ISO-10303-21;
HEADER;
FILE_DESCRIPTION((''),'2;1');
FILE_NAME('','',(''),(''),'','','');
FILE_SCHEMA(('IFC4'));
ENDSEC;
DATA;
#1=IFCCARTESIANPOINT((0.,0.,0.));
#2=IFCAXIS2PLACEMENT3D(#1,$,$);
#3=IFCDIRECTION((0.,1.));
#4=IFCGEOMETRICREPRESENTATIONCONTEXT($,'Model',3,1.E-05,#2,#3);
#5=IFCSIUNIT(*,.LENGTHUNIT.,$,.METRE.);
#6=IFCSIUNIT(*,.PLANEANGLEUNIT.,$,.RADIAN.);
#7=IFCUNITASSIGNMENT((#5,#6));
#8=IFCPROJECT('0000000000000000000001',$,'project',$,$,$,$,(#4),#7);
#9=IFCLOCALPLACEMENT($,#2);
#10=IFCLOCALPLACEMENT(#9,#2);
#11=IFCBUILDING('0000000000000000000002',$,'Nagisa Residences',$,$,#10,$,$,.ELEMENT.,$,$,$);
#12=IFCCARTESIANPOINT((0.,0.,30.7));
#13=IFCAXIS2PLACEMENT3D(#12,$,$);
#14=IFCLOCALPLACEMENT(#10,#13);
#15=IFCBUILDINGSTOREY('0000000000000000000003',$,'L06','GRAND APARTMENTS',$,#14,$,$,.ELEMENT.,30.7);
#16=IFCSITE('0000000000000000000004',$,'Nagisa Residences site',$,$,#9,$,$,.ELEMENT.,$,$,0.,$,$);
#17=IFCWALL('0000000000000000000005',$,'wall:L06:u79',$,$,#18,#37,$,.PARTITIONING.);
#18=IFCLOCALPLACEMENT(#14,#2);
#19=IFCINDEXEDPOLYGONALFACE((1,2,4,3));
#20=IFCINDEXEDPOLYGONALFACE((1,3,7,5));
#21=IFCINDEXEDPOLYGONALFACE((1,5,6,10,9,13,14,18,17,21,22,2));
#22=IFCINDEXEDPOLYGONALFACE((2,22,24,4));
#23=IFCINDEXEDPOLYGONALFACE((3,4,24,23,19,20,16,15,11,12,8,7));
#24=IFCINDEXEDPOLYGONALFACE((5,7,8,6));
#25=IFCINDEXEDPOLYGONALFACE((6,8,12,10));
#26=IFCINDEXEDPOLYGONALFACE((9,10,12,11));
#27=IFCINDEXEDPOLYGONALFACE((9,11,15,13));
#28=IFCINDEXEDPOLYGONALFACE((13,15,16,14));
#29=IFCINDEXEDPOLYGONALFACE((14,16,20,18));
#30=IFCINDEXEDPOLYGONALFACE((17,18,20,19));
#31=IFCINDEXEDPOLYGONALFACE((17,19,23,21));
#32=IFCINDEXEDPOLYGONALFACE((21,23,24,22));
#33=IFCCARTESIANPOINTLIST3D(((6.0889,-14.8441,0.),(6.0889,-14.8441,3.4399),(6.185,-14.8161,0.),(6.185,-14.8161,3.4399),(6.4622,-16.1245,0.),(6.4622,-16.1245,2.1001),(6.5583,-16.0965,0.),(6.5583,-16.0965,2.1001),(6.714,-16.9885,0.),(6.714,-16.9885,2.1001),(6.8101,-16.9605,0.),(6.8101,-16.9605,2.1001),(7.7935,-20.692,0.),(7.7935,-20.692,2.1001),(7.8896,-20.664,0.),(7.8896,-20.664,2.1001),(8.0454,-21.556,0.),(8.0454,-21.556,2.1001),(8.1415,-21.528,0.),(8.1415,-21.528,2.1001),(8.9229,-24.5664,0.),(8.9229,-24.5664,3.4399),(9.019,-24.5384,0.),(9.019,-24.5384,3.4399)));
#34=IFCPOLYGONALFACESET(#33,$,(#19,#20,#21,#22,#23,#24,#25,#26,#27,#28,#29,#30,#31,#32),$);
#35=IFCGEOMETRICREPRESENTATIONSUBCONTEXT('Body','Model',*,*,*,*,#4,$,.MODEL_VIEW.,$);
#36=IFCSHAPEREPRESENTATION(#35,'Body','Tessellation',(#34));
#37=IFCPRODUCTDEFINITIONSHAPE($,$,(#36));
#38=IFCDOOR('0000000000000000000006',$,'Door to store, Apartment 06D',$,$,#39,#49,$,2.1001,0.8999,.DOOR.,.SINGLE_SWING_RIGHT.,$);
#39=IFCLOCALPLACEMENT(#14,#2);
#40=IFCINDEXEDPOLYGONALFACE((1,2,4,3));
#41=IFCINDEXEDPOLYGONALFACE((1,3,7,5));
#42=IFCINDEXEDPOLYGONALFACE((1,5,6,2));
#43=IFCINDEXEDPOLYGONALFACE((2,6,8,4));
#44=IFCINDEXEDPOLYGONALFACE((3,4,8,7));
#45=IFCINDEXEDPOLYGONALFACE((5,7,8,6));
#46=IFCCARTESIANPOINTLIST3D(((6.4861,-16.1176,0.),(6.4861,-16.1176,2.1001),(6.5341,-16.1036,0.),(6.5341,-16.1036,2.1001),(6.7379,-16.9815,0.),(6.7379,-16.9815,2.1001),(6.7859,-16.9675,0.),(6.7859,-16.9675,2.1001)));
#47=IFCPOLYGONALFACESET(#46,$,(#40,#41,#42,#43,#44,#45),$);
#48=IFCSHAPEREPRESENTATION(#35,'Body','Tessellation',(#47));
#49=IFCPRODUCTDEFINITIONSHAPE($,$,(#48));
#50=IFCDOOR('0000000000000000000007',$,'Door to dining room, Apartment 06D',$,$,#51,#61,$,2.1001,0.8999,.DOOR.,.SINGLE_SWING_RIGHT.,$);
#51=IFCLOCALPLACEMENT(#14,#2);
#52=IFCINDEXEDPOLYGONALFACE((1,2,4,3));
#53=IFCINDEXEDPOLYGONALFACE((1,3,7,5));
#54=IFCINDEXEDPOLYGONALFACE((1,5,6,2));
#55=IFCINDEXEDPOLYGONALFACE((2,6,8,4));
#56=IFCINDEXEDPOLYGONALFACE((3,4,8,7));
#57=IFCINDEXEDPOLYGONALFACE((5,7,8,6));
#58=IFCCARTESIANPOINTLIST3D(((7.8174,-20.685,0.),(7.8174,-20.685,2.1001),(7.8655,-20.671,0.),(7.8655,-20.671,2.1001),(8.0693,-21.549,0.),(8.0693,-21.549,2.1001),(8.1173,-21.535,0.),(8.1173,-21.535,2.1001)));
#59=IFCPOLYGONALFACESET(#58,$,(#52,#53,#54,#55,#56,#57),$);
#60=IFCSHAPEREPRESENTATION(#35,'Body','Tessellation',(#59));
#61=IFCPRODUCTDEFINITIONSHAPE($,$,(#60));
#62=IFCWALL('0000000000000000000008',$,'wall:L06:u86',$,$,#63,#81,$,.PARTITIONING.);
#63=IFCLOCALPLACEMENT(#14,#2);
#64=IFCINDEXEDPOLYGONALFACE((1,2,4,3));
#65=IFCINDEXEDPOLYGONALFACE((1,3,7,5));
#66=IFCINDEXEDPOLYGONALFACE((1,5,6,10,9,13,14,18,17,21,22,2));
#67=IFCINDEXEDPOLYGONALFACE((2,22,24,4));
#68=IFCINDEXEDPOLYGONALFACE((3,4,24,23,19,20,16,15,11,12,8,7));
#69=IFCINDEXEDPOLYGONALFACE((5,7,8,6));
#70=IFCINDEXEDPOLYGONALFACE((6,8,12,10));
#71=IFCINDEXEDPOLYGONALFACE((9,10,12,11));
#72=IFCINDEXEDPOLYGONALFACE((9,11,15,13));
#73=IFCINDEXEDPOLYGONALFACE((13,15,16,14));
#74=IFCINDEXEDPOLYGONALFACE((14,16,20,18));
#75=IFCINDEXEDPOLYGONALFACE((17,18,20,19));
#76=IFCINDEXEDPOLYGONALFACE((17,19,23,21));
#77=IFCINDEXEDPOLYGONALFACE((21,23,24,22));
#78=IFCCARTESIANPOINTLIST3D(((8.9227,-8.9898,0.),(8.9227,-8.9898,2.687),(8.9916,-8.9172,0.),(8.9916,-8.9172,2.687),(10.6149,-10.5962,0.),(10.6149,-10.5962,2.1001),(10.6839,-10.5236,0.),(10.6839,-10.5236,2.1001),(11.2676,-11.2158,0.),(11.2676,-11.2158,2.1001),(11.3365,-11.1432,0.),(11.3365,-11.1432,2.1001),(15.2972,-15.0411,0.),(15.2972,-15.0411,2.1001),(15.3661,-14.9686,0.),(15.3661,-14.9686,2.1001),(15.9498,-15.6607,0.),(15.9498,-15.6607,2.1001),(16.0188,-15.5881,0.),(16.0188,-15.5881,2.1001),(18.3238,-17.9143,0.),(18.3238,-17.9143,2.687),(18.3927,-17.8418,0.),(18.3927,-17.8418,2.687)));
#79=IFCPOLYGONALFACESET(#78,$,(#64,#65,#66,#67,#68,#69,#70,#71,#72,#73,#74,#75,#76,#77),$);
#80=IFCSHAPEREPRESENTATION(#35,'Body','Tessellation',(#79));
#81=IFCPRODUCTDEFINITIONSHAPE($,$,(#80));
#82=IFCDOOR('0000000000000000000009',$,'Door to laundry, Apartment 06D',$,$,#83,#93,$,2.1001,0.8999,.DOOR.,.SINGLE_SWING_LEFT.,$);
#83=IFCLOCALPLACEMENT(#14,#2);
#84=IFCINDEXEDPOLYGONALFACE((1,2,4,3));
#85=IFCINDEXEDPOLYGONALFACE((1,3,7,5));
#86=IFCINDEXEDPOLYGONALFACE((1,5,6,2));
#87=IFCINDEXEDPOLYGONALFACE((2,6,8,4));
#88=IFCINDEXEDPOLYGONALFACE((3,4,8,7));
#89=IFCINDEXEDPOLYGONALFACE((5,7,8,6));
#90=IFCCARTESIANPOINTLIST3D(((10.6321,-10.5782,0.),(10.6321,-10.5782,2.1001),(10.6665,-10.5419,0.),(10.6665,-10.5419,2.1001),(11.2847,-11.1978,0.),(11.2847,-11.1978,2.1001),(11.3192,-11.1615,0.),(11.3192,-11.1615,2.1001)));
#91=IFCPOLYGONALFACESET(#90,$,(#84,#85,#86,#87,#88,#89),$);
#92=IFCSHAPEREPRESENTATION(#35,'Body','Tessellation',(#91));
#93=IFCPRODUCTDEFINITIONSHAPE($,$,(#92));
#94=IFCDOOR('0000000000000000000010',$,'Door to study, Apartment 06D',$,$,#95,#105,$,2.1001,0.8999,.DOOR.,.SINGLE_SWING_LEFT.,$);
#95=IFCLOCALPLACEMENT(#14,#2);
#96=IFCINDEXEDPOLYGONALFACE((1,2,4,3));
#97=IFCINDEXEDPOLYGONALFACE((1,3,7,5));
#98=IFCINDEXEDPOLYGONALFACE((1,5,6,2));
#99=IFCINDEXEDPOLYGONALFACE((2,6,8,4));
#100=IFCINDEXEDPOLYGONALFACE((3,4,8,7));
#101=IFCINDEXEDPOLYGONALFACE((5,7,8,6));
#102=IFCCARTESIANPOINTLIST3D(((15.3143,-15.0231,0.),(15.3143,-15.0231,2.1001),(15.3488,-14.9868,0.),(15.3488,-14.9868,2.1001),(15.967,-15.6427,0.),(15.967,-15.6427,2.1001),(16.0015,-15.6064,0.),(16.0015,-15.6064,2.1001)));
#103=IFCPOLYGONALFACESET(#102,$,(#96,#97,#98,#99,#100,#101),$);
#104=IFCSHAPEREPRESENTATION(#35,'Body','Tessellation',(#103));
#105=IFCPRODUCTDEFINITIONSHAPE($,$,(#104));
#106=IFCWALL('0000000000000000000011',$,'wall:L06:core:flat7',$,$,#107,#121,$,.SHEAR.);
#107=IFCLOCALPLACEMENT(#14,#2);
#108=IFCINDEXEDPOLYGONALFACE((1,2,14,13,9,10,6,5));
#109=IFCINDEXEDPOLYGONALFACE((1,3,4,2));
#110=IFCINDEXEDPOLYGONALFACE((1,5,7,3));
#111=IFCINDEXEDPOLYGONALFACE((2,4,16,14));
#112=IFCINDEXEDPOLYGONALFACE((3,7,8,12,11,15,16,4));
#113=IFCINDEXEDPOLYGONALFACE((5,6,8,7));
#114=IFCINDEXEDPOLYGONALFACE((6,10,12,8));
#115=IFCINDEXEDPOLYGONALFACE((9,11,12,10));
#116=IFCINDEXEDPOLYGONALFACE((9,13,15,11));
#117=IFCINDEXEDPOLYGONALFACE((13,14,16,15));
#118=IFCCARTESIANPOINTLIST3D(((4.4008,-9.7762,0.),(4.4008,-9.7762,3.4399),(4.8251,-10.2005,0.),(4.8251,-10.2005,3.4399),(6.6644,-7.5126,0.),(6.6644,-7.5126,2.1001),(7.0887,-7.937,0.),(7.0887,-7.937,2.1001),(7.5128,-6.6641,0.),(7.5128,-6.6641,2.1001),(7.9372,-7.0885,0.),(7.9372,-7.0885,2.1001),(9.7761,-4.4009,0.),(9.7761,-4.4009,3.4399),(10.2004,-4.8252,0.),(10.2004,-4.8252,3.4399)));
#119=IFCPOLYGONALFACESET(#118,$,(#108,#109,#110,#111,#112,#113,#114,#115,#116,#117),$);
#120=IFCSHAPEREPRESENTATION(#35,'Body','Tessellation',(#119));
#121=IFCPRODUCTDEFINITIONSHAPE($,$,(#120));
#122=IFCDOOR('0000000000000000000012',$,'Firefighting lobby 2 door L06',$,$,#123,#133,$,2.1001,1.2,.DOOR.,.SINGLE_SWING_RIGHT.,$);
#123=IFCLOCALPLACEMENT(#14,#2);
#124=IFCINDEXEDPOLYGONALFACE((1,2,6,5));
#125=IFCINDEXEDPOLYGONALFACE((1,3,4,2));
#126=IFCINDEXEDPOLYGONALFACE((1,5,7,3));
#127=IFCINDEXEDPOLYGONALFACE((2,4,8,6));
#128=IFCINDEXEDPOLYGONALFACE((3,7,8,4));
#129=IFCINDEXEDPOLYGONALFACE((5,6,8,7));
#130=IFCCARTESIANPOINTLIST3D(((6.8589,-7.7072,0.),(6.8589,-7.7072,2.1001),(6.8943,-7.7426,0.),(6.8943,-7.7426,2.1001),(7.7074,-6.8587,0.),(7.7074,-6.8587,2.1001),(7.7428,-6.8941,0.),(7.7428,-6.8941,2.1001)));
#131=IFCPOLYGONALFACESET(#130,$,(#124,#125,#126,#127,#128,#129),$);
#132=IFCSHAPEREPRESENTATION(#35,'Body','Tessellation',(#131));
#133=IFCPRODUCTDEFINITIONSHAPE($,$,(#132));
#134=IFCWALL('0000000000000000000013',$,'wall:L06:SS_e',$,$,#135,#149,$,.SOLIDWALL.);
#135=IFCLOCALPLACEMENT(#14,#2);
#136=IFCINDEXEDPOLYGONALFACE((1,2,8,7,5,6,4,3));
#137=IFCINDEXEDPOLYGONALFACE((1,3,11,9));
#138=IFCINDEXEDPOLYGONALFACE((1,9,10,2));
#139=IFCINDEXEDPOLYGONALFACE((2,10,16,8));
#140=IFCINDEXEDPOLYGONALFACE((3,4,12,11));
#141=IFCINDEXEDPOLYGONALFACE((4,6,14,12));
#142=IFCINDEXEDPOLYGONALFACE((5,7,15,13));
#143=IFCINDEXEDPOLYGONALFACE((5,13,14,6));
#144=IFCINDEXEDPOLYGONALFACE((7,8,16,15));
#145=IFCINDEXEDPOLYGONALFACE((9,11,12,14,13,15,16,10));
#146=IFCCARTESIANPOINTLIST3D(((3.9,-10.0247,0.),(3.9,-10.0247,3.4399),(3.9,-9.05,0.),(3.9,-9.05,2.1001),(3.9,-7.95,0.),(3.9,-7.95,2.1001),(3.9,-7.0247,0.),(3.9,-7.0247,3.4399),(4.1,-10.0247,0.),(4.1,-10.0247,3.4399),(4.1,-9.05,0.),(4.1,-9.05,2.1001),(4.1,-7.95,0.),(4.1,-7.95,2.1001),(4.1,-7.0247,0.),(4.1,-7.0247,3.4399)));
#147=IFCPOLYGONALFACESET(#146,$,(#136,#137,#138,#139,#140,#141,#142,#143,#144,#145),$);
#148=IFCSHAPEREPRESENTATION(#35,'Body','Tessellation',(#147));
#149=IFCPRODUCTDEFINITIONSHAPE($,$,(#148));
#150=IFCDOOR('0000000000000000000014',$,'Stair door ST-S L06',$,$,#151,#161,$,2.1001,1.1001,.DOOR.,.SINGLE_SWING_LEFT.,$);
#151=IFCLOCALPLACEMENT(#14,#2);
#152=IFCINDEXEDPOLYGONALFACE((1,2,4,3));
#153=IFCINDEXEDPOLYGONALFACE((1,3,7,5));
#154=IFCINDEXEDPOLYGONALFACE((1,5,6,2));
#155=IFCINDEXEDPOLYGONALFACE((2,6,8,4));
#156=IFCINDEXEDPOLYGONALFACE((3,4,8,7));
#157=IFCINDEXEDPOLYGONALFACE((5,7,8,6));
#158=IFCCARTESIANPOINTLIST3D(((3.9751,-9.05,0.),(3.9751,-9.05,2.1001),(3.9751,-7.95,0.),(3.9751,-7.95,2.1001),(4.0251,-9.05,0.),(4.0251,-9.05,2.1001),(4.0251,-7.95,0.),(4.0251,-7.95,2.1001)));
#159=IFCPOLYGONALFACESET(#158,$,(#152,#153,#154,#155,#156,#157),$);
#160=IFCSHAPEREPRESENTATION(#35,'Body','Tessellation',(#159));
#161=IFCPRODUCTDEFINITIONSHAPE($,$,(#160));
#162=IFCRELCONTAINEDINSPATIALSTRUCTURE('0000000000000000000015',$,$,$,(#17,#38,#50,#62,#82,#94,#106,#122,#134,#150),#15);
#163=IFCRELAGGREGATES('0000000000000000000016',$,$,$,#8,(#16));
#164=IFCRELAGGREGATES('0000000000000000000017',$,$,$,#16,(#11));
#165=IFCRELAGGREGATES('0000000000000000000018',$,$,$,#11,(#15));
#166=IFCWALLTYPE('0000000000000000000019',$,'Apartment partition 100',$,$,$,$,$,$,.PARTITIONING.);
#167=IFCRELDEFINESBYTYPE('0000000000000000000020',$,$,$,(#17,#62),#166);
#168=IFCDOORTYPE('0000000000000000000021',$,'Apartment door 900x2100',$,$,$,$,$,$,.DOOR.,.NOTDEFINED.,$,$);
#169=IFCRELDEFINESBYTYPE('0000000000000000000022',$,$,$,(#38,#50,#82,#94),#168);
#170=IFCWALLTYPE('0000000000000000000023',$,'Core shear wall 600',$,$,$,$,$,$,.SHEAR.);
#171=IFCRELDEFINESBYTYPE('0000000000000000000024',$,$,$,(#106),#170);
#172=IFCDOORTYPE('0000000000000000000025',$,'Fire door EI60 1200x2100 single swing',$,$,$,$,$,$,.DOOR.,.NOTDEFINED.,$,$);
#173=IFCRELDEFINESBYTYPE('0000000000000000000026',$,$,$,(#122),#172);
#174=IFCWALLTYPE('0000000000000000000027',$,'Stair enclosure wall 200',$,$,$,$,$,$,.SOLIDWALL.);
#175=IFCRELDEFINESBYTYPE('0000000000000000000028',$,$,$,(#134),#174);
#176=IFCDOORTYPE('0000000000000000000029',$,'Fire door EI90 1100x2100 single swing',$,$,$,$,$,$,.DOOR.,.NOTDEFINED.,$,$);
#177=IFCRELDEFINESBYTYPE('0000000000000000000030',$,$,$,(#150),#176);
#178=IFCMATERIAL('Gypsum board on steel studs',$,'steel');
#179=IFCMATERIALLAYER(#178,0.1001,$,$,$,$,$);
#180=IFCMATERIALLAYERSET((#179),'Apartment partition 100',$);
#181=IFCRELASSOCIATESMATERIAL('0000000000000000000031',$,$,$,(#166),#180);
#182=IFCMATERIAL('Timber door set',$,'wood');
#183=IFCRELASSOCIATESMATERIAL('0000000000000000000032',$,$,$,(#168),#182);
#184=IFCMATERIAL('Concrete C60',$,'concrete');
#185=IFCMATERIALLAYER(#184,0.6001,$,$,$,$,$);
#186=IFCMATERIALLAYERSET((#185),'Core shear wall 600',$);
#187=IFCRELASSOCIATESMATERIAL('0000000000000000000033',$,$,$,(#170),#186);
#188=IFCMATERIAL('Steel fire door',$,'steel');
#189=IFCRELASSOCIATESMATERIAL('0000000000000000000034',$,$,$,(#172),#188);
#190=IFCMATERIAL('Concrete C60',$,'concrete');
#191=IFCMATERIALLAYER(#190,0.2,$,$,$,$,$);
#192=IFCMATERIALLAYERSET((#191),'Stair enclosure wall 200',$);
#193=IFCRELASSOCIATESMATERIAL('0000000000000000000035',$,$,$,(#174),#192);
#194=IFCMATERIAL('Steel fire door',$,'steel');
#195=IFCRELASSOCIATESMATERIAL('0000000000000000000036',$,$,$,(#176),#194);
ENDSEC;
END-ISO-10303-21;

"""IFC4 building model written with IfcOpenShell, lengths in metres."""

from ifc_helpers import new_model, si_unit, direction, frame, frame_2d, origin, place, context, subcontext, project, spatial, rectangle, extrude, material, layer, layer_set, type_object, element, fill, save


model = new_model("IFC4")

# Units and contexts
model_context = context("Model", 3, precision=1e-05, world=origin(), true_north=direction((0.0, 1.0)))
body_context = subcontext(model_context, "Body", "Model", "MODEL_VIEW")
ifc_project = project(units=[si_unit("LENGTHUNIT", "METRE"), si_unit("PLANEANGLEUNIT", "RADIAN")], contexts=[model_context])

# Site, building, storey
site_placement = place(None, origin())
site = spatial("IfcSite", under=ifc_project, at=site_placement, Name="Nagisa Residences site", CompositionType="ELEMENT", RefElevation=0.0)
building_placement = place(site_placement, origin())
building = spatial("IfcBuilding", under=site, at=building_placement, Name="Nagisa Residences", CompositionType="ELEMENT")
storey_placement = place(building_placement, frame((0.0, 0.0, 30.7)))
storey = spatial("IfcBuildingStorey", under=building, at=storey_placement, Name="L06", Description="GRAND APARTMENTS", CompositionType="ELEMENT", Elevation=30.7)

# Shared definitions
ifc_material_1 = material(Name="Gypsum board on steel studs", Category="steel")
ifc_layer_1 = layer(ifc_material_1, 0.1001)
ifc_layer_set_1 = layer_set([ifc_layer_1], Name="Apartment partition 100")
wall_type_1 = type_object("IfcWallType", Name="Apartment partition 100", PredefinedType="PARTITIONING", material=ifc_layer_set_1)
ifc_material_2 = material(Name="Timber door set", Category="wood")
door_type_1 = type_object("IfcDoorType", Name="Apartment door 900x2100", OperationType="NOTDEFINED", PredefinedType="DOOR", material=ifc_material_2)

# Walls, openings, doors
wall_1_placement = place(storey_placement, frame((6.137, -14.8301, 0.0), z_axis=(0.0, 0.0, 1.0), x_axis=(0.279844, -0.960046, 0.0)))
wall_1 = element("IfcWall", 1, at=wall_1_placement, inside=storey, type_object=wall_type_1, Name="wall:L06:u79", PredefinedType="PARTITIONING", context=body_context, shape_type="SweptSolid", body=[
    extrude(rectangle(XDim=10.127, YDim=0.1001, at=frame_2d((5.0635, 0.0))), origin(), (0.0, 0.0, 1.0), 3.4399),
])
opening_1_placement = place(wall_1_placement, frame((1.3337, 0.0, 0.0)))
opening_1 = element("IfcOpeningElement", 2, at=opening_1_placement, cuts=wall_1, PredefinedType="OPENING", context=body_context, shape_type="SweptSolid", body=[
    extrude(rectangle(XDim=0.8999, YDim=2.1001, at=frame_2d((0.45, 1.05))), frame((0.0, 0.0601, 0.0), z_axis=(0.0, -1.0, 0.0), x_axis=(1.0, 0.0, 0.0)), (0.0, 0.0, 1.0), 0.1201),
])
opening_2_placement = place(wall_1_placement, frame((6.0913, 0.0, 0.0)))
opening_2 = element("IfcOpeningElement", 3, at=opening_2_placement, cuts=wall_1, PredefinedType="OPENING", context=body_context, shape_type="SweptSolid", body=[
    extrude(rectangle(XDim=0.8999, YDim=2.1001, at=frame_2d((0.45, 1.05))), frame((0.0, 0.0601, 0.0), z_axis=(0.0, -1.0, 0.0), x_axis=(1.0, 0.0, 0.0)), (0.0, 0.0, 1.0), 0.1201),
])
door_1_placement = place(opening_1_placement, origin())
door_1 = element("IfcDoor", 4, at=door_1_placement, inside=storey, type_object=door_type_1, Name="Door to store, Apartment 06D", OperationType="SINGLE_SWING_RIGHT", OverallHeight=2.1001, OverallWidth=0.8999, PredefinedType="DOOR", context=body_context, shape_type="SweptSolid", body=[
    extrude(rectangle(XDim=0.8999, YDim=2.1001, at=frame_2d((0.45, 1.05))), frame((0.0, 0.0249, 0.0), z_axis=(0.0, -1.0, 0.0), x_axis=(1.0, 0.0, 0.0)), (0.0, 0.0, 1.0), 0.05),
])
fill(opening_1, door_1)
door_2_placement = place(opening_2_placement, origin())
door_2 = element("IfcDoor", 5, at=door_2_placement, inside=storey, type_object=door_type_1, Name="Door to dining room, Apartment 06D", OperationType="SINGLE_SWING_RIGHT", OverallHeight=2.1001, OverallWidth=0.8999, PredefinedType="DOOR", context=body_context, shape_type="SweptSolid", body=[
    extrude(rectangle(XDim=0.8999, YDim=2.1001, at=frame_2d((0.45, 1.05))), frame((0.0, 0.0249, 0.0), z_axis=(0.0, -1.0, 0.0), x_axis=(1.0, 0.0, 0.0)), (0.0, 0.0, 1.0), 0.05),
])
fill(opening_2, door_2)
wall_2_placement = place(storey_placement, frame((8.957, -8.9534, 0.0), z_axis=(0.0, 0.0, 1.0), x_axis=(0.72525, -0.688486, 0.0)))
wall_2 = element("IfcWall", 6, at=wall_2_placement, inside=storey, type_object=wall_type_1, Name="wall:L06:u86", PredefinedType="PARTITIONING", context=body_context, shape_type="SweptSolid", body=[
    extrude(rectangle(XDim=12.9626, YDim=0.1001, at=frame_2d((6.4814, 0.0))), origin(), (0.0, 0.0, 1.0), 2.687),
])
opening_3_placement = place(wall_2_placement, frame((2.3335, 0.0, 0.0)))
opening_3 = element("IfcOpeningElement", 7, at=opening_3_placement, cuts=wall_2, PredefinedType="OPENING", context=body_context, shape_type="SweptSolid", body=[
    extrude(rectangle(XDim=0.8999, YDim=2.1001, at=frame_2d((0.45, 1.05))), frame((0.0, 0.0601, 0.0), z_axis=(0.0, -1.0, 0.0), x_axis=(1.0, 0.0, 0.0)), (0.0, 0.0, 1.0), 0.1201),
])
opening_4_placement = place(wall_2_placement, frame((8.7896, 0.0, 0.0)))
opening_4 = element("IfcOpeningElement", 8, at=opening_4_placement, cuts=wall_2, PredefinedType="OPENING", context=body_context, shape_type="SweptSolid", body=[
    extrude(rectangle(XDim=0.8999, YDim=2.1001, at=frame_2d((0.45, 1.05))), frame((0.0, 0.0601, 0.0), z_axis=(0.0, -1.0, 0.0), x_axis=(1.0, 0.0, 0.0)), (0.0, 0.0, 1.0), 0.1201),
])
door_3_placement = place(opening_3_placement, origin())
door_3 = element("IfcDoor", 9, at=door_3_placement, inside=storey, type_object=door_type_1, Name="Door to laundry, Apartment 06D", OperationType="SINGLE_SWING_LEFT", OverallHeight=2.1001, OverallWidth=0.8999, PredefinedType="DOOR", context=body_context, shape_type="SweptSolid", body=[
    extrude(rectangle(XDim=0.8999, YDim=2.1001, at=frame_2d((0.45, 1.05))), frame((0.0, 0.0249, 0.0), z_axis=(0.0, -1.0, 0.0), x_axis=(1.0, 0.0, 0.0)), (0.0, 0.0, 1.0), 0.05),
])
fill(opening_3, door_3)
door_4_placement = place(opening_4_placement, origin())
door_4 = element("IfcDoor", 10, at=door_4_placement, inside=storey, type_object=door_type_1, Name="Door to study, Apartment 06D", OperationType="SINGLE_SWING_LEFT", OverallHeight=2.1001, OverallWidth=0.8999, PredefinedType="DOOR", context=body_context, shape_type="SweptSolid", body=[
    extrude(rectangle(XDim=0.8999, YDim=2.1001, at=frame_2d((0.45, 1.05))), frame((0.0, 0.0249, 0.0), z_axis=(0.0, -1.0, 0.0), x_axis=(1.0, 0.0, 0.0)), (0.0, 0.0, 1.0), 0.05),
])
fill(opening_4, door_4)

# Walls, openings, doors
ifc_material_3 = material(Name="Concrete C60", Category="concrete")
ifc_layer_2 = layer(ifc_material_3, 0.6001)
ifc_layer_set_2 = layer_set([ifc_layer_2], Name="Core shear wall 600")
wall_type_2 = type_object("IfcWallType", Name="Core shear wall 600", PredefinedType="SHEAR", material=ifc_layer_set_2)
wall_3_placement = place(storey_placement, frame((4.613, -9.9883, 0.0), z_axis=(0.0, 0.0, 1.0), x_axis=(0.707107, 0.707107, 0.0)))
wall_3 = element("IfcWall", 11, at=wall_3_placement, inside=storey, type_object=wall_type_2, Name="wall:L06:core:flat7", PredefinedType="SHEAR", context=body_context, shape_type="SweptSolid", body=[
    extrude(rectangle(XDim=7.6018, YDim=0.6001, at=frame_2d((3.8008, 0.0))), origin(), (0.0, 0.0, 1.0), 3.4399),
])
opening_5_placement = place(wall_3_placement, frame((3.2009, 0.0, 0.0)))
opening_5 = element("IfcOpeningElement", 12, at=opening_5_placement, cuts=wall_3, PredefinedType="OPENING", context=body_context, shape_type="SweptSolid", body=[
    extrude(rectangle(XDim=1.2, YDim=2.1001, at=frame_2d((0.6001, 1.05))), frame((0.0, 0.3101, 0.0), z_axis=(0.0, -1.0, 0.0), x_axis=(1.0, 0.0, 0.0)), (0.0, 0.0, 1.0), 0.6201),
])
ifc_material_4 = material(Name="Steel fire door", Category="steel")
door_type_2 = type_object("IfcDoorType", Name="Fire door EI60 1200x2100 single swing", OperationType="NOTDEFINED", PredefinedType="DOOR", material=ifc_material_4)
door_5_placement = place(opening_5_placement, origin())
door_5 = element("IfcDoor", 13, at=door_5_placement, inside=storey, type_object=door_type_2, Name="Firefighting lobby 2 door L06", OperationType="SINGLE_SWING_RIGHT", OverallHeight=2.1001, OverallWidth=1.2, PredefinedType="DOOR", context=body_context, shape_type="SweptSolid", body=[
    extrude(rectangle(XDim=1.2, YDim=2.1001, at=frame_2d((0.6001, 1.05))), frame((0.0, 0.0249, 0.0), z_axis=(0.0, -1.0, 0.0), x_axis=(1.0, 0.0, 0.0)), (0.0, 0.0, 1.0), 0.05),
])
fill(opening_5, door_5)
ifc_material_5 = material(Name="Concrete C60", Category="concrete")
ifc_layer_3 = layer(ifc_material_5, 0.2)
ifc_layer_set_3 = layer_set([ifc_layer_3], Name="Stair enclosure wall 200")
wall_type_3 = type_object("IfcWallType", Name="Stair enclosure wall 200", PredefinedType="SOLIDWALL", material=ifc_layer_set_3)
wall_4_placement = place(storey_placement, frame((4.0, -10.0247, 0.0), z_axis=(0.0, 0.0, 1.0), x_axis=(0.0, 1.0, 0.0)))
wall_4 = element("IfcWall", 14, at=wall_4_placement, inside=storey, type_object=wall_type_3, Name="wall:L06:SS_e", PredefinedType="SOLIDWALL", context=body_context, shape_type="SweptSolid", body=[
    extrude(rectangle(XDim=3.0, YDim=0.2, at=frame_2d((1.5, 0.0))), origin(), (0.0, 0.0, 1.0), 3.4399),
])
opening_6_placement = place(wall_4_placement, frame((0.9746, 0.0, 0.0)))
opening_6 = element("IfcOpeningElement", 15, at=opening_6_placement, cuts=wall_4, PredefinedType="OPENING", context=body_context, shape_type="SweptSolid", body=[
    extrude(rectangle(XDim=1.1001, YDim=2.1001, at=frame_2d((0.55, 1.05))), frame((0.0, 0.1099, 0.0), z_axis=(0.0, -1.0, 0.0), x_axis=(1.0, 0.0, 0.0)), (0.0, 0.0, 1.0), 0.22),
])
ifc_material_6 = material(Name="Steel fire door", Category="steel")
door_type_3 = type_object("IfcDoorType", Name="Fire door EI90 1100x2100 single swing", OperationType="NOTDEFINED", PredefinedType="DOOR", material=ifc_material_6)
door_6_placement = place(opening_6_placement, origin())
door_6 = element("IfcDoor", 16, at=door_6_placement, inside=storey, type_object=door_type_3, Name="Stair door ST-S L06", OperationType="SINGLE_SWING_LEFT", OverallHeight=2.1001, OverallWidth=1.1001, PredefinedType="DOOR", context=body_context, shape_type="SweptSolid", body=[
    extrude(rectangle(XDim=1.1001, YDim=2.1001, at=frame_2d((0.55, 1.05))), frame((0.0, 0.0249, 0.0), z_axis=(0.0, -1.0, 0.0), x_axis=(1.0, 0.0, 0.0)), (0.0, 0.0, 1.0), 0.05),
])
fill(opening_6, door_6)

save(model, "model.ifc")
